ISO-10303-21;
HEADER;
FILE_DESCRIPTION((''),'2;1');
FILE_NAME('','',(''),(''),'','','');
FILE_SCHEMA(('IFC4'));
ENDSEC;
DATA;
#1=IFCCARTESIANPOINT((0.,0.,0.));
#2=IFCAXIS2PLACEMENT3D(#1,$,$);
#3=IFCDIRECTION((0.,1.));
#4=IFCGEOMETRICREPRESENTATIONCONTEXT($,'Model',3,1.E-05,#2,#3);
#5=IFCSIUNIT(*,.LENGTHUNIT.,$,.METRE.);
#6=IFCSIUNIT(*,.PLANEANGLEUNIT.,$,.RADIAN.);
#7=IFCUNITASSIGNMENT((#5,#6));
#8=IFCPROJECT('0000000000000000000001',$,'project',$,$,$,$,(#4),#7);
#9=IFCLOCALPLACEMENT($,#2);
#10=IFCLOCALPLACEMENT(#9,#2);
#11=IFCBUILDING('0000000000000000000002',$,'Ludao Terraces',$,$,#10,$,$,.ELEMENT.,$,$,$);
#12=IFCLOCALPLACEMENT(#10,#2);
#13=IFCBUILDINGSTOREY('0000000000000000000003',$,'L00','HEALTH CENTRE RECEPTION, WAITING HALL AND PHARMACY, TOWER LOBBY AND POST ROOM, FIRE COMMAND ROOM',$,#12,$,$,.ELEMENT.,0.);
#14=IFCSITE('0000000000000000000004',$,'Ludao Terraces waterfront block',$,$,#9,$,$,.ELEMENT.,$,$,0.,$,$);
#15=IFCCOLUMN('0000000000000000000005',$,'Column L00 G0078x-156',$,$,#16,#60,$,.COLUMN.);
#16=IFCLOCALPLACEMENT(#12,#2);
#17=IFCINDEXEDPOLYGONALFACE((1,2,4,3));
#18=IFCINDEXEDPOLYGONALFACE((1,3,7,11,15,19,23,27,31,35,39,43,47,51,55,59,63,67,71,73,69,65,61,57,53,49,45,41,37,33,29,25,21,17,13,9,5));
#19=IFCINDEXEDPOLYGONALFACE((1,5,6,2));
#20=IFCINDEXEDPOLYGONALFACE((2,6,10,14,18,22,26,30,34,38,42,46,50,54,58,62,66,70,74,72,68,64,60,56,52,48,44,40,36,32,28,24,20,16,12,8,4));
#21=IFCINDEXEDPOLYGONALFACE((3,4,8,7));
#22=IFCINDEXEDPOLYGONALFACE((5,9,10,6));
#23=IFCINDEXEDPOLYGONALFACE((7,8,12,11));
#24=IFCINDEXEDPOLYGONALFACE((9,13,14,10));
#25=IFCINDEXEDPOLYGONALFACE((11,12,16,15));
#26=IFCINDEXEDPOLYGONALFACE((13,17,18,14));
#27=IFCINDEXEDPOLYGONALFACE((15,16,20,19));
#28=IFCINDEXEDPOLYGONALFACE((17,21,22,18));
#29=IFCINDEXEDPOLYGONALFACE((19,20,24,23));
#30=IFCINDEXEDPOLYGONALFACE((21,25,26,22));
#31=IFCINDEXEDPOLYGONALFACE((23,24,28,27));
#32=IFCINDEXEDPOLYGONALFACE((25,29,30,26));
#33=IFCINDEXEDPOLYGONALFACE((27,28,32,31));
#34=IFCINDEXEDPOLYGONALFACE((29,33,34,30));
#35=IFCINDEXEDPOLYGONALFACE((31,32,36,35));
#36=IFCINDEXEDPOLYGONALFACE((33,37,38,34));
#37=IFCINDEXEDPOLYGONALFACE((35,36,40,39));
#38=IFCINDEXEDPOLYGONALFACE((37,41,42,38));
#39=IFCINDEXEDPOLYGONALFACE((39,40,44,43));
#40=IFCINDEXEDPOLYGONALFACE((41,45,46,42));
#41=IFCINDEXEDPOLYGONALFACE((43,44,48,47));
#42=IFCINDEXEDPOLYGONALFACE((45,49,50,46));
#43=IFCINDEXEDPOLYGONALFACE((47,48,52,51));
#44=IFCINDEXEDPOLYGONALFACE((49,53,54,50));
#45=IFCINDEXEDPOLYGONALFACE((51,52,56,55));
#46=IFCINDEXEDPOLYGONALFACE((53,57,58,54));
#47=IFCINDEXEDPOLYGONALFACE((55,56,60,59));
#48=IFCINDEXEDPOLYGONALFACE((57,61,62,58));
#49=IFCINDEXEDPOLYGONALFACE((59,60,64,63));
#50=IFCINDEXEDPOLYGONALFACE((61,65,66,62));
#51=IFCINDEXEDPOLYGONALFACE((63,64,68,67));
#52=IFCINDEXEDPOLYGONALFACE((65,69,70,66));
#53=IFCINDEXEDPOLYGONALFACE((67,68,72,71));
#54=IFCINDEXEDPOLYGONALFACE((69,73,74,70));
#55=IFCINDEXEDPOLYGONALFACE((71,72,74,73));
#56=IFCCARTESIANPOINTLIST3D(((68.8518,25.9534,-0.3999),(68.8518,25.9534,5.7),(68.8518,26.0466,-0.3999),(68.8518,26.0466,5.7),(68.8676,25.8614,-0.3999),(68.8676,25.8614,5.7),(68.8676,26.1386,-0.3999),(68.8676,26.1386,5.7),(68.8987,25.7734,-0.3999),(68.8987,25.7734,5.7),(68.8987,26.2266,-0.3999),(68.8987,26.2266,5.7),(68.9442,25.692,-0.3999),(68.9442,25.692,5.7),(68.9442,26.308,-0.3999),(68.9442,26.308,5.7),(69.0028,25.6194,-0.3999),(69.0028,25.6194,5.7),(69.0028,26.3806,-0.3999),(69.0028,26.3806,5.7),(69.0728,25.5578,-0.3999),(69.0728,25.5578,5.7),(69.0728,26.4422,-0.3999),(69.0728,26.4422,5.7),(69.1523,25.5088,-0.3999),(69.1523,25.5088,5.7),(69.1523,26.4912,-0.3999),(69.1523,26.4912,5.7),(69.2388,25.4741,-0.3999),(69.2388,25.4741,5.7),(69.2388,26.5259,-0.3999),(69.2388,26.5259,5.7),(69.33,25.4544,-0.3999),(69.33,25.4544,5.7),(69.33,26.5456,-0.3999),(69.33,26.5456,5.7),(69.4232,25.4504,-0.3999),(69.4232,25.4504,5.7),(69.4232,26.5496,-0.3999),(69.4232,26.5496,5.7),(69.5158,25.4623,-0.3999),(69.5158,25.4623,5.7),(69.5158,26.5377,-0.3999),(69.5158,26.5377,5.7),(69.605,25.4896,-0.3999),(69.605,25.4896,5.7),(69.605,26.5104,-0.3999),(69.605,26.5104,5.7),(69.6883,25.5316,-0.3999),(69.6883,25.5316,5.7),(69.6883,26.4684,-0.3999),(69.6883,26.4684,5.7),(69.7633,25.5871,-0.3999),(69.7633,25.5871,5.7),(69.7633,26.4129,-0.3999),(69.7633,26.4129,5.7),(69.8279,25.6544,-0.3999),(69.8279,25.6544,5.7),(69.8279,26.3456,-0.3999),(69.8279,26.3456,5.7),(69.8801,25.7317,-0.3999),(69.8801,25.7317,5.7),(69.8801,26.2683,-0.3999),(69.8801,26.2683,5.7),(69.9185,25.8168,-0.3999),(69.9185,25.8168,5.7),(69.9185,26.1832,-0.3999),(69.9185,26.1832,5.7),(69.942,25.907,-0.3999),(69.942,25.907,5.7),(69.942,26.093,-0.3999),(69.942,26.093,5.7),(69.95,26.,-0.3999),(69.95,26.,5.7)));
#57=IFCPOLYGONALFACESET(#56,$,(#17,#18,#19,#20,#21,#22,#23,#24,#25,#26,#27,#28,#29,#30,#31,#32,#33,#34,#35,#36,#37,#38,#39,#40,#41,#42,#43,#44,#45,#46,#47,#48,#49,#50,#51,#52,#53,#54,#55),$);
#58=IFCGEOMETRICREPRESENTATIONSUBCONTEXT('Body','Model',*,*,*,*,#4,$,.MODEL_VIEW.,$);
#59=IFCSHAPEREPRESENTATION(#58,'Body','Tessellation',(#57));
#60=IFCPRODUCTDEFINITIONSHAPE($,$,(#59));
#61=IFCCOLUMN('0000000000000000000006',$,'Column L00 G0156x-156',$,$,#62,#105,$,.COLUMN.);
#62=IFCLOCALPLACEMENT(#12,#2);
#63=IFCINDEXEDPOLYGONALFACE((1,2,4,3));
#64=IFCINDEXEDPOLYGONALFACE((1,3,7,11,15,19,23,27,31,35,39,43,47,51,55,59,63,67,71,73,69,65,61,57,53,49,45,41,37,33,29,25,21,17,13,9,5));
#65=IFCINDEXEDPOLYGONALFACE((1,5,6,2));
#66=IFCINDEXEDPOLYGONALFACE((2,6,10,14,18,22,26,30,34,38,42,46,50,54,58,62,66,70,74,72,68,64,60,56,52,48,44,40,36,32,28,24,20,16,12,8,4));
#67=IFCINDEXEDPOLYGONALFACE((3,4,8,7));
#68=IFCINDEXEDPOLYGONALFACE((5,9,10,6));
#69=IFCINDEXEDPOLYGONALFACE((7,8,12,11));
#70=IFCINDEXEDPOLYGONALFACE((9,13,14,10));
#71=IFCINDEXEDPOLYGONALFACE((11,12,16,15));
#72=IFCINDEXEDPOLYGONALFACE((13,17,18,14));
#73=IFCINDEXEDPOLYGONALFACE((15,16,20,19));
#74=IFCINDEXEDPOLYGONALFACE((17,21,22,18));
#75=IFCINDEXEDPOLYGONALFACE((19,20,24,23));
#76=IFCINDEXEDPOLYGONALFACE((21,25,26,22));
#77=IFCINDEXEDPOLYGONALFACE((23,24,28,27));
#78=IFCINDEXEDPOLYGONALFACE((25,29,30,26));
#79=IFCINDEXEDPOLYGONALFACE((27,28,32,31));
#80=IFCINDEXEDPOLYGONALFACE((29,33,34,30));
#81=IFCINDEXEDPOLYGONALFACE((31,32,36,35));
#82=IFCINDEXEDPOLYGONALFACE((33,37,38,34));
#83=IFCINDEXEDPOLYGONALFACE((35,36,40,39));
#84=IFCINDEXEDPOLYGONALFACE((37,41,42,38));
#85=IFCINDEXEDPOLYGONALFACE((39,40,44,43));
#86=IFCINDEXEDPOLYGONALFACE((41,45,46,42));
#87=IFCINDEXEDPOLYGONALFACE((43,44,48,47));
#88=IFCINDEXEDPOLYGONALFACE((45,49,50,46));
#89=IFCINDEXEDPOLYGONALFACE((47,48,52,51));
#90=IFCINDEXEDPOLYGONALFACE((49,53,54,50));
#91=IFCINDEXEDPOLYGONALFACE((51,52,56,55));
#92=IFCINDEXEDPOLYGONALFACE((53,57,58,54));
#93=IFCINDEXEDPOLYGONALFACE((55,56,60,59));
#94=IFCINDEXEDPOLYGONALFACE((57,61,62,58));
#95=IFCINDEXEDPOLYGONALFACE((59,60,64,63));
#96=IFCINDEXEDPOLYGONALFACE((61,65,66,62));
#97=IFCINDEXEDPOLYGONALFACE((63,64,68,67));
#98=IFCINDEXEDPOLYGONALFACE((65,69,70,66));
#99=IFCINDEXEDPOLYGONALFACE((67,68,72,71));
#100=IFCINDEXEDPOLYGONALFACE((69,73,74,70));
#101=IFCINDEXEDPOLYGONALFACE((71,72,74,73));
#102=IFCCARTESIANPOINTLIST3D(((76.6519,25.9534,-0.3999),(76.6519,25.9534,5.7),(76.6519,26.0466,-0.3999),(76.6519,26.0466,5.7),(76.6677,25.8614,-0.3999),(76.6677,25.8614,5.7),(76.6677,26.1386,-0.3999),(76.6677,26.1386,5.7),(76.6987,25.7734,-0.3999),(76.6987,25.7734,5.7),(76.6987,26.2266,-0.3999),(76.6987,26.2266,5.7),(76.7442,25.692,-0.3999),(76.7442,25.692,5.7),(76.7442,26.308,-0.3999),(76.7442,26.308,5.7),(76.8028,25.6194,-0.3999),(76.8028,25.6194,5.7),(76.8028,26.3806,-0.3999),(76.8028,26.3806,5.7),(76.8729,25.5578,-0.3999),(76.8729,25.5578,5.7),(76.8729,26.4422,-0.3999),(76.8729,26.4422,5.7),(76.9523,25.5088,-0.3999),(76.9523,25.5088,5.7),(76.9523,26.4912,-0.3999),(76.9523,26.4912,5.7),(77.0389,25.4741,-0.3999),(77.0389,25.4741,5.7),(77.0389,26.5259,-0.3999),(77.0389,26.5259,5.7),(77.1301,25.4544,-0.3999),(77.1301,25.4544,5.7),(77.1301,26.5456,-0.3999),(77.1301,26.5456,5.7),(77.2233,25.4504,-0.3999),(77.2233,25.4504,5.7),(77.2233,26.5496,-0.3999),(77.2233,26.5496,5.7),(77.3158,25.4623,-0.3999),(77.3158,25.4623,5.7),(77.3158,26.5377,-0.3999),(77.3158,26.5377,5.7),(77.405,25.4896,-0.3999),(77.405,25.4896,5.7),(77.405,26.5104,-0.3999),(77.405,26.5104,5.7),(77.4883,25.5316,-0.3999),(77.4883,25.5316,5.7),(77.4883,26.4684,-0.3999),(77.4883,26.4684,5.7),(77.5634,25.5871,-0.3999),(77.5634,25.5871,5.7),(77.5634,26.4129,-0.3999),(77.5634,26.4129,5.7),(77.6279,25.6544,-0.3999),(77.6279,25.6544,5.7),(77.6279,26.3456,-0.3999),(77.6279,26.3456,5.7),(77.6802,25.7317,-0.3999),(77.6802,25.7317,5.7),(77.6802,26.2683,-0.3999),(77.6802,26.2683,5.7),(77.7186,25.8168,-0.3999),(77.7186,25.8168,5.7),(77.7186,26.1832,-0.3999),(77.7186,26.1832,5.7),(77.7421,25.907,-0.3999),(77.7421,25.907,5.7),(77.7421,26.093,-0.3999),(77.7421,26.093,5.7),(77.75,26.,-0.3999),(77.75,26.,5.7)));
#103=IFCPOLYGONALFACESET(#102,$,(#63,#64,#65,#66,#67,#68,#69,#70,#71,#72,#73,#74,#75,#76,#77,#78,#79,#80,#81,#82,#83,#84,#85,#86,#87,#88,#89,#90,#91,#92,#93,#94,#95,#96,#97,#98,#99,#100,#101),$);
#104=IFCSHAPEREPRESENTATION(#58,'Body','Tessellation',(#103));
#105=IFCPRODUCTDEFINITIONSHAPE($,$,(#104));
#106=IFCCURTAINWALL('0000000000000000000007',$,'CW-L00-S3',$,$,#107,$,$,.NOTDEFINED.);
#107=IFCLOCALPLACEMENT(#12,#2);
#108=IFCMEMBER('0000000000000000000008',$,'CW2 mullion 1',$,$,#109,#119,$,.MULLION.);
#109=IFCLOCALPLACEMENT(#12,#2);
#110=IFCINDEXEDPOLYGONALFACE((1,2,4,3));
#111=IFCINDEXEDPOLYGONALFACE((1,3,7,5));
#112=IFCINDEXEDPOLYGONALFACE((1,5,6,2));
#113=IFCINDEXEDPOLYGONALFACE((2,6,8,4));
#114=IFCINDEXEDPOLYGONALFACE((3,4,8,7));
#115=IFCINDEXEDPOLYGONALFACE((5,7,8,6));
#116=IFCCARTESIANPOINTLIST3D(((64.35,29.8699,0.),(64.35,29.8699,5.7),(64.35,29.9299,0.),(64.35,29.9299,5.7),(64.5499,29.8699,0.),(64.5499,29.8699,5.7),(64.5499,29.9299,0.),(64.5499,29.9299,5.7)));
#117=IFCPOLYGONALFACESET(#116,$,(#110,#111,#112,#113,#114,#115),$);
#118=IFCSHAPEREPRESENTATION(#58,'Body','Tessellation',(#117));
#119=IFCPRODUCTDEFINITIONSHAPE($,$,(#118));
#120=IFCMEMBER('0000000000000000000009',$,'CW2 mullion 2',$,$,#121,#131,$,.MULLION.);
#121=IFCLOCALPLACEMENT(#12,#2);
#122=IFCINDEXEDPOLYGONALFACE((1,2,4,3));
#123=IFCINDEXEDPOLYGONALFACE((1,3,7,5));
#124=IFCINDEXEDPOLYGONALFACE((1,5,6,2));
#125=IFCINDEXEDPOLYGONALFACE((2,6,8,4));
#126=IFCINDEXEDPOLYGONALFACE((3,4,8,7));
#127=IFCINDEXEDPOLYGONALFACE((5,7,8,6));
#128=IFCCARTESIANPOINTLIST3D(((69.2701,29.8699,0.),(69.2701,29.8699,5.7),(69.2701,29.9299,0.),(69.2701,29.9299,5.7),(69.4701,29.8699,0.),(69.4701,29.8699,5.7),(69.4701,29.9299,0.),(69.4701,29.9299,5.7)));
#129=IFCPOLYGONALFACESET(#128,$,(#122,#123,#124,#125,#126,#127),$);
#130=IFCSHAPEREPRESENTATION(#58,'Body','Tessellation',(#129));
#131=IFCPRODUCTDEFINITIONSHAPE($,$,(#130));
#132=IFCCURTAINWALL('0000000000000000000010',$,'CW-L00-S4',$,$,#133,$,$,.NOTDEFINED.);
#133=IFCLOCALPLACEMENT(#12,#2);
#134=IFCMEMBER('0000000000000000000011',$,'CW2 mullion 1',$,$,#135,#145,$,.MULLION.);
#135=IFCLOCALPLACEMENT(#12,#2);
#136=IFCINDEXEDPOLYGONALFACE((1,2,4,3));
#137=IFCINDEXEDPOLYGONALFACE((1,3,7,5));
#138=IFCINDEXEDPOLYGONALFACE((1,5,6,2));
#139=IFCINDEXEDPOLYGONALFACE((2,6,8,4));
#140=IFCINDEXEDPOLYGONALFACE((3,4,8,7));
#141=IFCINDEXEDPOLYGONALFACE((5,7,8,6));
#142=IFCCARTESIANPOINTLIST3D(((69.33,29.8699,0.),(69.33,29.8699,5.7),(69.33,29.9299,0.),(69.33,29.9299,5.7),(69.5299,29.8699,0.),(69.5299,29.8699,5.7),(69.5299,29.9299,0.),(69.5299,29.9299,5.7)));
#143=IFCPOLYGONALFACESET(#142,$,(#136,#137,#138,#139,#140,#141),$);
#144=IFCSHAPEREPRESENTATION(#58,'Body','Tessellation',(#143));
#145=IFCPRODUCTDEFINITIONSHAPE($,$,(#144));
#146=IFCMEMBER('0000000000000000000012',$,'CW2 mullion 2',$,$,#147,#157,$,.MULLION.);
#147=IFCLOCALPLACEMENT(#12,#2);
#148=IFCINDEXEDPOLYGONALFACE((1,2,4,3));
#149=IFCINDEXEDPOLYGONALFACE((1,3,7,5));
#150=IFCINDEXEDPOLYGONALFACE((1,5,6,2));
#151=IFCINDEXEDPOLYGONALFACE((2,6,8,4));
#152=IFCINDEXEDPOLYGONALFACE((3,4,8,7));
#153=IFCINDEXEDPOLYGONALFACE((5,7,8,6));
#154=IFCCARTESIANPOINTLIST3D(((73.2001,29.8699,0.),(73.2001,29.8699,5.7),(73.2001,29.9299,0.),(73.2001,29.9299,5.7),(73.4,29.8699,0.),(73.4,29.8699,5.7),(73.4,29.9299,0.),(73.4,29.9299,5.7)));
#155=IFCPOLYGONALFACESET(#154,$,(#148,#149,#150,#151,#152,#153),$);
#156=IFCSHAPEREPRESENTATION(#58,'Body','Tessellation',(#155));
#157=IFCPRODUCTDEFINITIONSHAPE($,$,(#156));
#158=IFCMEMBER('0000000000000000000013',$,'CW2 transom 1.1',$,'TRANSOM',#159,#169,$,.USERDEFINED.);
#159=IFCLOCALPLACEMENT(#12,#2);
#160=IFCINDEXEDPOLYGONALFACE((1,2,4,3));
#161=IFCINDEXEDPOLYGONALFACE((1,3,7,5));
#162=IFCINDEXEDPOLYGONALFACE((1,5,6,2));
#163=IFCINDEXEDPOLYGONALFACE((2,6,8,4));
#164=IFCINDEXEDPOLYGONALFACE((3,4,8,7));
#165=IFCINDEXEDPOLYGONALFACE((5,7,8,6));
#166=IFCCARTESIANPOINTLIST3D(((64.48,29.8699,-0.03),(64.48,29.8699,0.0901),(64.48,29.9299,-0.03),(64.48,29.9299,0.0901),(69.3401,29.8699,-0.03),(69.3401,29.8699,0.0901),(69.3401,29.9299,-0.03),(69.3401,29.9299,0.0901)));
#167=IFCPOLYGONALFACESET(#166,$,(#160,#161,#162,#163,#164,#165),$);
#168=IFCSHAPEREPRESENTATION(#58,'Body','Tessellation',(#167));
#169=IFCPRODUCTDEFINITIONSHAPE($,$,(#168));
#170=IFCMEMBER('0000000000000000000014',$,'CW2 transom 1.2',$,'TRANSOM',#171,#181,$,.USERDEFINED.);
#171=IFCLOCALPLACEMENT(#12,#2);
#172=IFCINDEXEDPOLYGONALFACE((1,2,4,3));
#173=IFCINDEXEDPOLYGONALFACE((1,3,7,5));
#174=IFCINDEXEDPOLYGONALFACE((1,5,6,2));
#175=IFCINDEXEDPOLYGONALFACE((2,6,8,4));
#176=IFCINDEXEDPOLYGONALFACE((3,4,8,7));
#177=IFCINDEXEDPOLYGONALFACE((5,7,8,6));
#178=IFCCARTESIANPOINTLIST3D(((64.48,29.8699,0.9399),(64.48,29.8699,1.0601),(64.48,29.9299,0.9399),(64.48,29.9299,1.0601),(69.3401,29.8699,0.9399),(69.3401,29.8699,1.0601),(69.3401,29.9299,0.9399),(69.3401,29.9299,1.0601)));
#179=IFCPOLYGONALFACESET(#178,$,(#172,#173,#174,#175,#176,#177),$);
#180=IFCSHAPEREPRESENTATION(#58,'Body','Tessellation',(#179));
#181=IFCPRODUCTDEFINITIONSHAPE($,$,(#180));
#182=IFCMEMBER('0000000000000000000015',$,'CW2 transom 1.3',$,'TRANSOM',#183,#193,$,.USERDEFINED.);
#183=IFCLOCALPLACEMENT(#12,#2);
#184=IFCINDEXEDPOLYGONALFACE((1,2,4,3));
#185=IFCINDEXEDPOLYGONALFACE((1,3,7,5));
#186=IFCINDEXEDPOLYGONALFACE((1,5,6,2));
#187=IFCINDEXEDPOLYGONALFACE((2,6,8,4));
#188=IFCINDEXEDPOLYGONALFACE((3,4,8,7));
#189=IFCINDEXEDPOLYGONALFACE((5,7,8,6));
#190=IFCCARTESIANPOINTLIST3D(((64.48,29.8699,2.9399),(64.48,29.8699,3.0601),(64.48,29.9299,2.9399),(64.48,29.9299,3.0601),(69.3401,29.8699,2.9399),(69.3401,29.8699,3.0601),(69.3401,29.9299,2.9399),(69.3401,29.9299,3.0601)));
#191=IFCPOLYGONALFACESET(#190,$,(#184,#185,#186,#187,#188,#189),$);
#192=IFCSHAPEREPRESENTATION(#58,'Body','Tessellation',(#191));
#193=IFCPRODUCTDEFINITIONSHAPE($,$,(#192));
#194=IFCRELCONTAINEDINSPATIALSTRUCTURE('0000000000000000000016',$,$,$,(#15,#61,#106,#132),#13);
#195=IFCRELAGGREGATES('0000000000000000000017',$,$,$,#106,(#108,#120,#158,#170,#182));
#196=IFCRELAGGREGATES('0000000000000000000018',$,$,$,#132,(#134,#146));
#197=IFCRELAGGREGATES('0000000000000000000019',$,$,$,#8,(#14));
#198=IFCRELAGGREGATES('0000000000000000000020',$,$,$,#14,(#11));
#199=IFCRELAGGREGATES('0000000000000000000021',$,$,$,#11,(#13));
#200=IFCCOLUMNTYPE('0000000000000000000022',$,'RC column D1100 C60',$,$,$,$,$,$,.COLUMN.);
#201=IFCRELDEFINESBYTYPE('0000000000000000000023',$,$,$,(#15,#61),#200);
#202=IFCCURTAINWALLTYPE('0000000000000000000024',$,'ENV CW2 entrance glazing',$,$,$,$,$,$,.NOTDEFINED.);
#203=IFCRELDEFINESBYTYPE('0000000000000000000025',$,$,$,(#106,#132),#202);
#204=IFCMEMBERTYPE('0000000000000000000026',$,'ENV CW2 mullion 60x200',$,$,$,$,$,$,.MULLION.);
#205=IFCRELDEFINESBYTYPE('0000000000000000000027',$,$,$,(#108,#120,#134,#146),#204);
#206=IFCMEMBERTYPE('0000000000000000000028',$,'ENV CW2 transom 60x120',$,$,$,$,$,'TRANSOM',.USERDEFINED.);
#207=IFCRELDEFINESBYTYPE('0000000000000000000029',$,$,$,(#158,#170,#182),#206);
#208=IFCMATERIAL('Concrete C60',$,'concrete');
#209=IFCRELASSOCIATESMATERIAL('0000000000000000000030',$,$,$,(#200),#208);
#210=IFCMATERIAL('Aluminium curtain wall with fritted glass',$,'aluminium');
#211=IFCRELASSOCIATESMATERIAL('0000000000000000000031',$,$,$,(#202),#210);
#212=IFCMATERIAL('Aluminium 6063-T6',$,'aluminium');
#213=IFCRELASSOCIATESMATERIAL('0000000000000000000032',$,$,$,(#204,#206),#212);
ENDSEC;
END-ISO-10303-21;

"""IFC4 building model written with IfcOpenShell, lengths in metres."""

from ifc_helpers import new_model, si_unit, direction, frame, origin, origin_2d, place, context, subcontext, project, spatial, rectangle, circle, extrude, material, material_profile, profile_set, type_object, element, aggregate, save


model = new_model("IFC4")

# Units and contexts
model_context = context("Model", 3, precision=1e-05, world=origin(), true_north=direction((0.0, 1.0)))
body_context = subcontext(model_context, "Body", "Model", "MODEL_VIEW")
ifc_project = project(units=[si_unit("LENGTHUNIT", "METRE"), si_unit("PLANEANGLEUNIT", "RADIAN")], contexts=[model_context])

# Site, building, storey
site_placement = place(None, origin())
site = spatial("IfcSite", under=ifc_project, at=site_placement, Name="Ludao Terraces waterfront block", CompositionType="ELEMENT", RefElevation=0.0)
building_placement = place(site_placement, origin())
building = spatial("IfcBuilding", under=site, at=building_placement, Name="Ludao Terraces", CompositionType="ELEMENT")
storey_placement = place(building_placement, origin())
storey = spatial("IfcBuildingStorey", under=building, at=storey_placement, Name="L00", Description="HEALTH CENTRE RECEPTION, WAITING HALL AND PHARMACY, TOWER LOBBY AND POST ROOM, FIRE COMMAND ROOM", CompositionType="ELEMENT", Elevation=0.0)

# Columns
ifc_material_1 = material(Name="Concrete C60", Category="concrete")
ifc_material_profile_1 = material_profile(ifc_material_1, circle(Radius=0.55, at=origin_2d()), Name="D1100")
ifc_profile_set_1 = profile_set([ifc_material_profile_1], Name="Concrete C60")
column_type = type_object("IfcColumnType", Name="RC column D1100 C60", PredefinedType="COLUMN", material=ifc_profile_set_1)
for number, where, z_axis, x_axis, name in (
    (1, (69.3999, 26.0, -0.3999), (0.0, 0.0, 1.0), (1.0, 0.0, 0.0), "Column L00 G0078x-156"),
    (2, (77.2, 26.0, -0.3999), (0.0, 0.0, 1.0), (1.0, 0.0, 0.0), "Column L00 G0156x-156"),
):
    element("IfcColumn", number, at=place(storey_placement, frame(where, z_axis=z_axis, x_axis=x_axis)), inside=storey, type_object=column_type, Name=name, PredefinedType="COLUMN", context=body_context, shape_type="SweptSolid", body=[
        extrude(circle(Radius=0.55, at=origin_2d()), origin(), (0.0, 0.0, 1.0), 6.0999),
    ])

# Curtain walls, members
ifc_material_2 = material(Name="Aluminium curtain wall with fritted glass", Category="aluminium")
curtain_wall_type = type_object("IfcCurtainWallType", Name="ENV CW2 entrance glazing", PredefinedType="NOTDEFINED", material=ifc_material_2)
curtain_wall_1_placement = place(storey_placement, origin())
curtain_wall_1 = element("IfcCurtainWall", 3, at=curtain_wall_1_placement, inside=storey, type_object=curtain_wall_type, Name="CW-L00-S3", PredefinedType="NOTDEFINED")
ifc_material_3 = material(Name="Aluminium 6063-T6", Category="aluminium")
ifc_material_profile_2 = material_profile(ifc_material_3, rectangle(XDim=0.0601, YDim=0.2, at=origin_2d()), Name="60 X 200")
ifc_profile_set_2 = profile_set([ifc_material_profile_2], Name="Aluminium 6063-T6")
member_type_1 = type_object("IfcMemberType", Name="ENV CW2 mullion 60x200", PredefinedType="MULLION", material=ifc_profile_set_2)
member_1_placement = place(storey_placement, frame((64.45, 29.8999, 0.0), z_axis=(0.0, 0.0, 1.0), x_axis=(0.0, 1.0, 0.0)))
member_1 = element("IfcMember", 4, at=member_1_placement, type_object=member_type_1, Name="CW2 mullion 1", PredefinedType="MULLION", context=body_context, shape_type="SweptSolid", body=[
    extrude(rectangle(XDim=0.0601, YDim=0.2, at=origin_2d()), origin(), (0.0, 0.0, 1.0), 5.7),
])
member_2_placement = place(storey_placement, frame((69.3701, 29.8999, 0.0), z_axis=(0.0, 0.0, 1.0), x_axis=(0.0, 1.0, 0.0)))
member_2 = element("IfcMember", 5, at=member_2_placement, type_object=member_type_1, Name="CW2 mullion 2", PredefinedType="MULLION", context=body_context, shape_type="SweptSolid", body=[
    extrude(rectangle(XDim=0.0601, YDim=0.2, at=origin_2d()), origin(), (0.0, 0.0, 1.0), 5.7),
])
curtain_wall_2_placement = place(storey_placement, origin())
curtain_wall_2 = element("IfcCurtainWall", 6, at=curtain_wall_2_placement, inside=storey, type_object=curtain_wall_type, Name="CW-L00-S4", PredefinedType="NOTDEFINED")
member_3_placement = place(storey_placement, frame((69.4299, 29.8999, 0.0), z_axis=(0.0, 0.0, 1.0), x_axis=(0.0, 1.0, 0.0)))
member_3 = element("IfcMember", 7, at=member_3_placement, type_object=member_type_1, Name="CW2 mullion 1", PredefinedType="MULLION", context=body_context, shape_type="SweptSolid", body=[
    extrude(rectangle(XDim=0.0601, YDim=0.2, at=origin_2d()), origin(), (0.0, 0.0, 1.0), 5.7),
])
member_4_placement = place(storey_placement, frame((73.3, 29.8999, 0.0), z_axis=(0.0, 0.0, 1.0), x_axis=(0.0, 1.0, 0.0)))
member_4 = element("IfcMember", 8, at=member_4_placement, type_object=member_type_1, Name="CW2 mullion 2", PredefinedType="MULLION", context=body_context, shape_type="SweptSolid", body=[
    extrude(rectangle(XDim=0.0601, YDim=0.2, at=origin_2d()), origin(), (0.0, 0.0, 1.0), 5.7),
])

# Members
ifc_material_profile_3 = material_profile(ifc_material_3, rectangle(XDim=0.0601, YDim=0.1201, at=origin_2d()), Name="60 X 120")
ifc_profile_set_3 = profile_set([ifc_material_profile_3], Name="Aluminium 6063-T6")
member_type_2 = type_object("IfcMemberType", Name="ENV CW2 transom 60x120", ElementType="TRANSOM", PredefinedType="USERDEFINED", material=ifc_profile_set_3)
member_5_placement = place(storey_placement, frame((64.48, 29.8999, 0.03), z_axis=(1.0, 0.0, 0.0), x_axis=(0.0, 1.0, 0.0)))
member_5 = element("IfcMember", 9, at=member_5_placement, type_object=member_type_2, Name="CW2 transom 1.1", ObjectType="TRANSOM", PredefinedType="USERDEFINED", context=body_context, shape_type="SweptSolid", body=[
    extrude(rectangle(XDim=0.0601, YDim=0.1201, at=origin_2d()), origin(), (0.0, 0.0, 1.0), 4.8601),
])
member_6_placement = place(storey_placement, frame((64.48, 29.8999, 1.0), z_axis=(1.0, 0.0, 0.0), x_axis=(0.0, 1.0, 0.0)))
member_6 = element("IfcMember", 10, at=member_6_placement, type_object=member_type_2, Name="CW2 transom 1.2", ObjectType="TRANSOM", PredefinedType="USERDEFINED", context=body_context, shape_type="SweptSolid", body=[
    extrude(rectangle(XDim=0.0601, YDim=0.1201, at=origin_2d()), origin(), (0.0, 0.0, 1.0), 4.8601),
])
member_7_placement = place(storey_placement, frame((64.48, 29.8999, 3.0), z_axis=(1.0, 0.0, 0.0), x_axis=(0.0, 1.0, 0.0)))
member_7 = element("IfcMember", 11, at=member_7_placement, type_object=member_type_2, Name="CW2 transom 1.3", ObjectType="TRANSOM", PredefinedType="USERDEFINED", context=body_context, shape_type="SweptSolid", body=[
    extrude(rectangle(XDim=0.0601, YDim=0.1201, at=origin_2d()), origin(), (0.0, 0.0, 1.0), 4.8601),
])

aggregate(curtain_wall_1, [member_1, member_2, member_5, member_6, member_7])
aggregate(curtain_wall_2, [member_3, member_4])

save(model, "model.ifc")
